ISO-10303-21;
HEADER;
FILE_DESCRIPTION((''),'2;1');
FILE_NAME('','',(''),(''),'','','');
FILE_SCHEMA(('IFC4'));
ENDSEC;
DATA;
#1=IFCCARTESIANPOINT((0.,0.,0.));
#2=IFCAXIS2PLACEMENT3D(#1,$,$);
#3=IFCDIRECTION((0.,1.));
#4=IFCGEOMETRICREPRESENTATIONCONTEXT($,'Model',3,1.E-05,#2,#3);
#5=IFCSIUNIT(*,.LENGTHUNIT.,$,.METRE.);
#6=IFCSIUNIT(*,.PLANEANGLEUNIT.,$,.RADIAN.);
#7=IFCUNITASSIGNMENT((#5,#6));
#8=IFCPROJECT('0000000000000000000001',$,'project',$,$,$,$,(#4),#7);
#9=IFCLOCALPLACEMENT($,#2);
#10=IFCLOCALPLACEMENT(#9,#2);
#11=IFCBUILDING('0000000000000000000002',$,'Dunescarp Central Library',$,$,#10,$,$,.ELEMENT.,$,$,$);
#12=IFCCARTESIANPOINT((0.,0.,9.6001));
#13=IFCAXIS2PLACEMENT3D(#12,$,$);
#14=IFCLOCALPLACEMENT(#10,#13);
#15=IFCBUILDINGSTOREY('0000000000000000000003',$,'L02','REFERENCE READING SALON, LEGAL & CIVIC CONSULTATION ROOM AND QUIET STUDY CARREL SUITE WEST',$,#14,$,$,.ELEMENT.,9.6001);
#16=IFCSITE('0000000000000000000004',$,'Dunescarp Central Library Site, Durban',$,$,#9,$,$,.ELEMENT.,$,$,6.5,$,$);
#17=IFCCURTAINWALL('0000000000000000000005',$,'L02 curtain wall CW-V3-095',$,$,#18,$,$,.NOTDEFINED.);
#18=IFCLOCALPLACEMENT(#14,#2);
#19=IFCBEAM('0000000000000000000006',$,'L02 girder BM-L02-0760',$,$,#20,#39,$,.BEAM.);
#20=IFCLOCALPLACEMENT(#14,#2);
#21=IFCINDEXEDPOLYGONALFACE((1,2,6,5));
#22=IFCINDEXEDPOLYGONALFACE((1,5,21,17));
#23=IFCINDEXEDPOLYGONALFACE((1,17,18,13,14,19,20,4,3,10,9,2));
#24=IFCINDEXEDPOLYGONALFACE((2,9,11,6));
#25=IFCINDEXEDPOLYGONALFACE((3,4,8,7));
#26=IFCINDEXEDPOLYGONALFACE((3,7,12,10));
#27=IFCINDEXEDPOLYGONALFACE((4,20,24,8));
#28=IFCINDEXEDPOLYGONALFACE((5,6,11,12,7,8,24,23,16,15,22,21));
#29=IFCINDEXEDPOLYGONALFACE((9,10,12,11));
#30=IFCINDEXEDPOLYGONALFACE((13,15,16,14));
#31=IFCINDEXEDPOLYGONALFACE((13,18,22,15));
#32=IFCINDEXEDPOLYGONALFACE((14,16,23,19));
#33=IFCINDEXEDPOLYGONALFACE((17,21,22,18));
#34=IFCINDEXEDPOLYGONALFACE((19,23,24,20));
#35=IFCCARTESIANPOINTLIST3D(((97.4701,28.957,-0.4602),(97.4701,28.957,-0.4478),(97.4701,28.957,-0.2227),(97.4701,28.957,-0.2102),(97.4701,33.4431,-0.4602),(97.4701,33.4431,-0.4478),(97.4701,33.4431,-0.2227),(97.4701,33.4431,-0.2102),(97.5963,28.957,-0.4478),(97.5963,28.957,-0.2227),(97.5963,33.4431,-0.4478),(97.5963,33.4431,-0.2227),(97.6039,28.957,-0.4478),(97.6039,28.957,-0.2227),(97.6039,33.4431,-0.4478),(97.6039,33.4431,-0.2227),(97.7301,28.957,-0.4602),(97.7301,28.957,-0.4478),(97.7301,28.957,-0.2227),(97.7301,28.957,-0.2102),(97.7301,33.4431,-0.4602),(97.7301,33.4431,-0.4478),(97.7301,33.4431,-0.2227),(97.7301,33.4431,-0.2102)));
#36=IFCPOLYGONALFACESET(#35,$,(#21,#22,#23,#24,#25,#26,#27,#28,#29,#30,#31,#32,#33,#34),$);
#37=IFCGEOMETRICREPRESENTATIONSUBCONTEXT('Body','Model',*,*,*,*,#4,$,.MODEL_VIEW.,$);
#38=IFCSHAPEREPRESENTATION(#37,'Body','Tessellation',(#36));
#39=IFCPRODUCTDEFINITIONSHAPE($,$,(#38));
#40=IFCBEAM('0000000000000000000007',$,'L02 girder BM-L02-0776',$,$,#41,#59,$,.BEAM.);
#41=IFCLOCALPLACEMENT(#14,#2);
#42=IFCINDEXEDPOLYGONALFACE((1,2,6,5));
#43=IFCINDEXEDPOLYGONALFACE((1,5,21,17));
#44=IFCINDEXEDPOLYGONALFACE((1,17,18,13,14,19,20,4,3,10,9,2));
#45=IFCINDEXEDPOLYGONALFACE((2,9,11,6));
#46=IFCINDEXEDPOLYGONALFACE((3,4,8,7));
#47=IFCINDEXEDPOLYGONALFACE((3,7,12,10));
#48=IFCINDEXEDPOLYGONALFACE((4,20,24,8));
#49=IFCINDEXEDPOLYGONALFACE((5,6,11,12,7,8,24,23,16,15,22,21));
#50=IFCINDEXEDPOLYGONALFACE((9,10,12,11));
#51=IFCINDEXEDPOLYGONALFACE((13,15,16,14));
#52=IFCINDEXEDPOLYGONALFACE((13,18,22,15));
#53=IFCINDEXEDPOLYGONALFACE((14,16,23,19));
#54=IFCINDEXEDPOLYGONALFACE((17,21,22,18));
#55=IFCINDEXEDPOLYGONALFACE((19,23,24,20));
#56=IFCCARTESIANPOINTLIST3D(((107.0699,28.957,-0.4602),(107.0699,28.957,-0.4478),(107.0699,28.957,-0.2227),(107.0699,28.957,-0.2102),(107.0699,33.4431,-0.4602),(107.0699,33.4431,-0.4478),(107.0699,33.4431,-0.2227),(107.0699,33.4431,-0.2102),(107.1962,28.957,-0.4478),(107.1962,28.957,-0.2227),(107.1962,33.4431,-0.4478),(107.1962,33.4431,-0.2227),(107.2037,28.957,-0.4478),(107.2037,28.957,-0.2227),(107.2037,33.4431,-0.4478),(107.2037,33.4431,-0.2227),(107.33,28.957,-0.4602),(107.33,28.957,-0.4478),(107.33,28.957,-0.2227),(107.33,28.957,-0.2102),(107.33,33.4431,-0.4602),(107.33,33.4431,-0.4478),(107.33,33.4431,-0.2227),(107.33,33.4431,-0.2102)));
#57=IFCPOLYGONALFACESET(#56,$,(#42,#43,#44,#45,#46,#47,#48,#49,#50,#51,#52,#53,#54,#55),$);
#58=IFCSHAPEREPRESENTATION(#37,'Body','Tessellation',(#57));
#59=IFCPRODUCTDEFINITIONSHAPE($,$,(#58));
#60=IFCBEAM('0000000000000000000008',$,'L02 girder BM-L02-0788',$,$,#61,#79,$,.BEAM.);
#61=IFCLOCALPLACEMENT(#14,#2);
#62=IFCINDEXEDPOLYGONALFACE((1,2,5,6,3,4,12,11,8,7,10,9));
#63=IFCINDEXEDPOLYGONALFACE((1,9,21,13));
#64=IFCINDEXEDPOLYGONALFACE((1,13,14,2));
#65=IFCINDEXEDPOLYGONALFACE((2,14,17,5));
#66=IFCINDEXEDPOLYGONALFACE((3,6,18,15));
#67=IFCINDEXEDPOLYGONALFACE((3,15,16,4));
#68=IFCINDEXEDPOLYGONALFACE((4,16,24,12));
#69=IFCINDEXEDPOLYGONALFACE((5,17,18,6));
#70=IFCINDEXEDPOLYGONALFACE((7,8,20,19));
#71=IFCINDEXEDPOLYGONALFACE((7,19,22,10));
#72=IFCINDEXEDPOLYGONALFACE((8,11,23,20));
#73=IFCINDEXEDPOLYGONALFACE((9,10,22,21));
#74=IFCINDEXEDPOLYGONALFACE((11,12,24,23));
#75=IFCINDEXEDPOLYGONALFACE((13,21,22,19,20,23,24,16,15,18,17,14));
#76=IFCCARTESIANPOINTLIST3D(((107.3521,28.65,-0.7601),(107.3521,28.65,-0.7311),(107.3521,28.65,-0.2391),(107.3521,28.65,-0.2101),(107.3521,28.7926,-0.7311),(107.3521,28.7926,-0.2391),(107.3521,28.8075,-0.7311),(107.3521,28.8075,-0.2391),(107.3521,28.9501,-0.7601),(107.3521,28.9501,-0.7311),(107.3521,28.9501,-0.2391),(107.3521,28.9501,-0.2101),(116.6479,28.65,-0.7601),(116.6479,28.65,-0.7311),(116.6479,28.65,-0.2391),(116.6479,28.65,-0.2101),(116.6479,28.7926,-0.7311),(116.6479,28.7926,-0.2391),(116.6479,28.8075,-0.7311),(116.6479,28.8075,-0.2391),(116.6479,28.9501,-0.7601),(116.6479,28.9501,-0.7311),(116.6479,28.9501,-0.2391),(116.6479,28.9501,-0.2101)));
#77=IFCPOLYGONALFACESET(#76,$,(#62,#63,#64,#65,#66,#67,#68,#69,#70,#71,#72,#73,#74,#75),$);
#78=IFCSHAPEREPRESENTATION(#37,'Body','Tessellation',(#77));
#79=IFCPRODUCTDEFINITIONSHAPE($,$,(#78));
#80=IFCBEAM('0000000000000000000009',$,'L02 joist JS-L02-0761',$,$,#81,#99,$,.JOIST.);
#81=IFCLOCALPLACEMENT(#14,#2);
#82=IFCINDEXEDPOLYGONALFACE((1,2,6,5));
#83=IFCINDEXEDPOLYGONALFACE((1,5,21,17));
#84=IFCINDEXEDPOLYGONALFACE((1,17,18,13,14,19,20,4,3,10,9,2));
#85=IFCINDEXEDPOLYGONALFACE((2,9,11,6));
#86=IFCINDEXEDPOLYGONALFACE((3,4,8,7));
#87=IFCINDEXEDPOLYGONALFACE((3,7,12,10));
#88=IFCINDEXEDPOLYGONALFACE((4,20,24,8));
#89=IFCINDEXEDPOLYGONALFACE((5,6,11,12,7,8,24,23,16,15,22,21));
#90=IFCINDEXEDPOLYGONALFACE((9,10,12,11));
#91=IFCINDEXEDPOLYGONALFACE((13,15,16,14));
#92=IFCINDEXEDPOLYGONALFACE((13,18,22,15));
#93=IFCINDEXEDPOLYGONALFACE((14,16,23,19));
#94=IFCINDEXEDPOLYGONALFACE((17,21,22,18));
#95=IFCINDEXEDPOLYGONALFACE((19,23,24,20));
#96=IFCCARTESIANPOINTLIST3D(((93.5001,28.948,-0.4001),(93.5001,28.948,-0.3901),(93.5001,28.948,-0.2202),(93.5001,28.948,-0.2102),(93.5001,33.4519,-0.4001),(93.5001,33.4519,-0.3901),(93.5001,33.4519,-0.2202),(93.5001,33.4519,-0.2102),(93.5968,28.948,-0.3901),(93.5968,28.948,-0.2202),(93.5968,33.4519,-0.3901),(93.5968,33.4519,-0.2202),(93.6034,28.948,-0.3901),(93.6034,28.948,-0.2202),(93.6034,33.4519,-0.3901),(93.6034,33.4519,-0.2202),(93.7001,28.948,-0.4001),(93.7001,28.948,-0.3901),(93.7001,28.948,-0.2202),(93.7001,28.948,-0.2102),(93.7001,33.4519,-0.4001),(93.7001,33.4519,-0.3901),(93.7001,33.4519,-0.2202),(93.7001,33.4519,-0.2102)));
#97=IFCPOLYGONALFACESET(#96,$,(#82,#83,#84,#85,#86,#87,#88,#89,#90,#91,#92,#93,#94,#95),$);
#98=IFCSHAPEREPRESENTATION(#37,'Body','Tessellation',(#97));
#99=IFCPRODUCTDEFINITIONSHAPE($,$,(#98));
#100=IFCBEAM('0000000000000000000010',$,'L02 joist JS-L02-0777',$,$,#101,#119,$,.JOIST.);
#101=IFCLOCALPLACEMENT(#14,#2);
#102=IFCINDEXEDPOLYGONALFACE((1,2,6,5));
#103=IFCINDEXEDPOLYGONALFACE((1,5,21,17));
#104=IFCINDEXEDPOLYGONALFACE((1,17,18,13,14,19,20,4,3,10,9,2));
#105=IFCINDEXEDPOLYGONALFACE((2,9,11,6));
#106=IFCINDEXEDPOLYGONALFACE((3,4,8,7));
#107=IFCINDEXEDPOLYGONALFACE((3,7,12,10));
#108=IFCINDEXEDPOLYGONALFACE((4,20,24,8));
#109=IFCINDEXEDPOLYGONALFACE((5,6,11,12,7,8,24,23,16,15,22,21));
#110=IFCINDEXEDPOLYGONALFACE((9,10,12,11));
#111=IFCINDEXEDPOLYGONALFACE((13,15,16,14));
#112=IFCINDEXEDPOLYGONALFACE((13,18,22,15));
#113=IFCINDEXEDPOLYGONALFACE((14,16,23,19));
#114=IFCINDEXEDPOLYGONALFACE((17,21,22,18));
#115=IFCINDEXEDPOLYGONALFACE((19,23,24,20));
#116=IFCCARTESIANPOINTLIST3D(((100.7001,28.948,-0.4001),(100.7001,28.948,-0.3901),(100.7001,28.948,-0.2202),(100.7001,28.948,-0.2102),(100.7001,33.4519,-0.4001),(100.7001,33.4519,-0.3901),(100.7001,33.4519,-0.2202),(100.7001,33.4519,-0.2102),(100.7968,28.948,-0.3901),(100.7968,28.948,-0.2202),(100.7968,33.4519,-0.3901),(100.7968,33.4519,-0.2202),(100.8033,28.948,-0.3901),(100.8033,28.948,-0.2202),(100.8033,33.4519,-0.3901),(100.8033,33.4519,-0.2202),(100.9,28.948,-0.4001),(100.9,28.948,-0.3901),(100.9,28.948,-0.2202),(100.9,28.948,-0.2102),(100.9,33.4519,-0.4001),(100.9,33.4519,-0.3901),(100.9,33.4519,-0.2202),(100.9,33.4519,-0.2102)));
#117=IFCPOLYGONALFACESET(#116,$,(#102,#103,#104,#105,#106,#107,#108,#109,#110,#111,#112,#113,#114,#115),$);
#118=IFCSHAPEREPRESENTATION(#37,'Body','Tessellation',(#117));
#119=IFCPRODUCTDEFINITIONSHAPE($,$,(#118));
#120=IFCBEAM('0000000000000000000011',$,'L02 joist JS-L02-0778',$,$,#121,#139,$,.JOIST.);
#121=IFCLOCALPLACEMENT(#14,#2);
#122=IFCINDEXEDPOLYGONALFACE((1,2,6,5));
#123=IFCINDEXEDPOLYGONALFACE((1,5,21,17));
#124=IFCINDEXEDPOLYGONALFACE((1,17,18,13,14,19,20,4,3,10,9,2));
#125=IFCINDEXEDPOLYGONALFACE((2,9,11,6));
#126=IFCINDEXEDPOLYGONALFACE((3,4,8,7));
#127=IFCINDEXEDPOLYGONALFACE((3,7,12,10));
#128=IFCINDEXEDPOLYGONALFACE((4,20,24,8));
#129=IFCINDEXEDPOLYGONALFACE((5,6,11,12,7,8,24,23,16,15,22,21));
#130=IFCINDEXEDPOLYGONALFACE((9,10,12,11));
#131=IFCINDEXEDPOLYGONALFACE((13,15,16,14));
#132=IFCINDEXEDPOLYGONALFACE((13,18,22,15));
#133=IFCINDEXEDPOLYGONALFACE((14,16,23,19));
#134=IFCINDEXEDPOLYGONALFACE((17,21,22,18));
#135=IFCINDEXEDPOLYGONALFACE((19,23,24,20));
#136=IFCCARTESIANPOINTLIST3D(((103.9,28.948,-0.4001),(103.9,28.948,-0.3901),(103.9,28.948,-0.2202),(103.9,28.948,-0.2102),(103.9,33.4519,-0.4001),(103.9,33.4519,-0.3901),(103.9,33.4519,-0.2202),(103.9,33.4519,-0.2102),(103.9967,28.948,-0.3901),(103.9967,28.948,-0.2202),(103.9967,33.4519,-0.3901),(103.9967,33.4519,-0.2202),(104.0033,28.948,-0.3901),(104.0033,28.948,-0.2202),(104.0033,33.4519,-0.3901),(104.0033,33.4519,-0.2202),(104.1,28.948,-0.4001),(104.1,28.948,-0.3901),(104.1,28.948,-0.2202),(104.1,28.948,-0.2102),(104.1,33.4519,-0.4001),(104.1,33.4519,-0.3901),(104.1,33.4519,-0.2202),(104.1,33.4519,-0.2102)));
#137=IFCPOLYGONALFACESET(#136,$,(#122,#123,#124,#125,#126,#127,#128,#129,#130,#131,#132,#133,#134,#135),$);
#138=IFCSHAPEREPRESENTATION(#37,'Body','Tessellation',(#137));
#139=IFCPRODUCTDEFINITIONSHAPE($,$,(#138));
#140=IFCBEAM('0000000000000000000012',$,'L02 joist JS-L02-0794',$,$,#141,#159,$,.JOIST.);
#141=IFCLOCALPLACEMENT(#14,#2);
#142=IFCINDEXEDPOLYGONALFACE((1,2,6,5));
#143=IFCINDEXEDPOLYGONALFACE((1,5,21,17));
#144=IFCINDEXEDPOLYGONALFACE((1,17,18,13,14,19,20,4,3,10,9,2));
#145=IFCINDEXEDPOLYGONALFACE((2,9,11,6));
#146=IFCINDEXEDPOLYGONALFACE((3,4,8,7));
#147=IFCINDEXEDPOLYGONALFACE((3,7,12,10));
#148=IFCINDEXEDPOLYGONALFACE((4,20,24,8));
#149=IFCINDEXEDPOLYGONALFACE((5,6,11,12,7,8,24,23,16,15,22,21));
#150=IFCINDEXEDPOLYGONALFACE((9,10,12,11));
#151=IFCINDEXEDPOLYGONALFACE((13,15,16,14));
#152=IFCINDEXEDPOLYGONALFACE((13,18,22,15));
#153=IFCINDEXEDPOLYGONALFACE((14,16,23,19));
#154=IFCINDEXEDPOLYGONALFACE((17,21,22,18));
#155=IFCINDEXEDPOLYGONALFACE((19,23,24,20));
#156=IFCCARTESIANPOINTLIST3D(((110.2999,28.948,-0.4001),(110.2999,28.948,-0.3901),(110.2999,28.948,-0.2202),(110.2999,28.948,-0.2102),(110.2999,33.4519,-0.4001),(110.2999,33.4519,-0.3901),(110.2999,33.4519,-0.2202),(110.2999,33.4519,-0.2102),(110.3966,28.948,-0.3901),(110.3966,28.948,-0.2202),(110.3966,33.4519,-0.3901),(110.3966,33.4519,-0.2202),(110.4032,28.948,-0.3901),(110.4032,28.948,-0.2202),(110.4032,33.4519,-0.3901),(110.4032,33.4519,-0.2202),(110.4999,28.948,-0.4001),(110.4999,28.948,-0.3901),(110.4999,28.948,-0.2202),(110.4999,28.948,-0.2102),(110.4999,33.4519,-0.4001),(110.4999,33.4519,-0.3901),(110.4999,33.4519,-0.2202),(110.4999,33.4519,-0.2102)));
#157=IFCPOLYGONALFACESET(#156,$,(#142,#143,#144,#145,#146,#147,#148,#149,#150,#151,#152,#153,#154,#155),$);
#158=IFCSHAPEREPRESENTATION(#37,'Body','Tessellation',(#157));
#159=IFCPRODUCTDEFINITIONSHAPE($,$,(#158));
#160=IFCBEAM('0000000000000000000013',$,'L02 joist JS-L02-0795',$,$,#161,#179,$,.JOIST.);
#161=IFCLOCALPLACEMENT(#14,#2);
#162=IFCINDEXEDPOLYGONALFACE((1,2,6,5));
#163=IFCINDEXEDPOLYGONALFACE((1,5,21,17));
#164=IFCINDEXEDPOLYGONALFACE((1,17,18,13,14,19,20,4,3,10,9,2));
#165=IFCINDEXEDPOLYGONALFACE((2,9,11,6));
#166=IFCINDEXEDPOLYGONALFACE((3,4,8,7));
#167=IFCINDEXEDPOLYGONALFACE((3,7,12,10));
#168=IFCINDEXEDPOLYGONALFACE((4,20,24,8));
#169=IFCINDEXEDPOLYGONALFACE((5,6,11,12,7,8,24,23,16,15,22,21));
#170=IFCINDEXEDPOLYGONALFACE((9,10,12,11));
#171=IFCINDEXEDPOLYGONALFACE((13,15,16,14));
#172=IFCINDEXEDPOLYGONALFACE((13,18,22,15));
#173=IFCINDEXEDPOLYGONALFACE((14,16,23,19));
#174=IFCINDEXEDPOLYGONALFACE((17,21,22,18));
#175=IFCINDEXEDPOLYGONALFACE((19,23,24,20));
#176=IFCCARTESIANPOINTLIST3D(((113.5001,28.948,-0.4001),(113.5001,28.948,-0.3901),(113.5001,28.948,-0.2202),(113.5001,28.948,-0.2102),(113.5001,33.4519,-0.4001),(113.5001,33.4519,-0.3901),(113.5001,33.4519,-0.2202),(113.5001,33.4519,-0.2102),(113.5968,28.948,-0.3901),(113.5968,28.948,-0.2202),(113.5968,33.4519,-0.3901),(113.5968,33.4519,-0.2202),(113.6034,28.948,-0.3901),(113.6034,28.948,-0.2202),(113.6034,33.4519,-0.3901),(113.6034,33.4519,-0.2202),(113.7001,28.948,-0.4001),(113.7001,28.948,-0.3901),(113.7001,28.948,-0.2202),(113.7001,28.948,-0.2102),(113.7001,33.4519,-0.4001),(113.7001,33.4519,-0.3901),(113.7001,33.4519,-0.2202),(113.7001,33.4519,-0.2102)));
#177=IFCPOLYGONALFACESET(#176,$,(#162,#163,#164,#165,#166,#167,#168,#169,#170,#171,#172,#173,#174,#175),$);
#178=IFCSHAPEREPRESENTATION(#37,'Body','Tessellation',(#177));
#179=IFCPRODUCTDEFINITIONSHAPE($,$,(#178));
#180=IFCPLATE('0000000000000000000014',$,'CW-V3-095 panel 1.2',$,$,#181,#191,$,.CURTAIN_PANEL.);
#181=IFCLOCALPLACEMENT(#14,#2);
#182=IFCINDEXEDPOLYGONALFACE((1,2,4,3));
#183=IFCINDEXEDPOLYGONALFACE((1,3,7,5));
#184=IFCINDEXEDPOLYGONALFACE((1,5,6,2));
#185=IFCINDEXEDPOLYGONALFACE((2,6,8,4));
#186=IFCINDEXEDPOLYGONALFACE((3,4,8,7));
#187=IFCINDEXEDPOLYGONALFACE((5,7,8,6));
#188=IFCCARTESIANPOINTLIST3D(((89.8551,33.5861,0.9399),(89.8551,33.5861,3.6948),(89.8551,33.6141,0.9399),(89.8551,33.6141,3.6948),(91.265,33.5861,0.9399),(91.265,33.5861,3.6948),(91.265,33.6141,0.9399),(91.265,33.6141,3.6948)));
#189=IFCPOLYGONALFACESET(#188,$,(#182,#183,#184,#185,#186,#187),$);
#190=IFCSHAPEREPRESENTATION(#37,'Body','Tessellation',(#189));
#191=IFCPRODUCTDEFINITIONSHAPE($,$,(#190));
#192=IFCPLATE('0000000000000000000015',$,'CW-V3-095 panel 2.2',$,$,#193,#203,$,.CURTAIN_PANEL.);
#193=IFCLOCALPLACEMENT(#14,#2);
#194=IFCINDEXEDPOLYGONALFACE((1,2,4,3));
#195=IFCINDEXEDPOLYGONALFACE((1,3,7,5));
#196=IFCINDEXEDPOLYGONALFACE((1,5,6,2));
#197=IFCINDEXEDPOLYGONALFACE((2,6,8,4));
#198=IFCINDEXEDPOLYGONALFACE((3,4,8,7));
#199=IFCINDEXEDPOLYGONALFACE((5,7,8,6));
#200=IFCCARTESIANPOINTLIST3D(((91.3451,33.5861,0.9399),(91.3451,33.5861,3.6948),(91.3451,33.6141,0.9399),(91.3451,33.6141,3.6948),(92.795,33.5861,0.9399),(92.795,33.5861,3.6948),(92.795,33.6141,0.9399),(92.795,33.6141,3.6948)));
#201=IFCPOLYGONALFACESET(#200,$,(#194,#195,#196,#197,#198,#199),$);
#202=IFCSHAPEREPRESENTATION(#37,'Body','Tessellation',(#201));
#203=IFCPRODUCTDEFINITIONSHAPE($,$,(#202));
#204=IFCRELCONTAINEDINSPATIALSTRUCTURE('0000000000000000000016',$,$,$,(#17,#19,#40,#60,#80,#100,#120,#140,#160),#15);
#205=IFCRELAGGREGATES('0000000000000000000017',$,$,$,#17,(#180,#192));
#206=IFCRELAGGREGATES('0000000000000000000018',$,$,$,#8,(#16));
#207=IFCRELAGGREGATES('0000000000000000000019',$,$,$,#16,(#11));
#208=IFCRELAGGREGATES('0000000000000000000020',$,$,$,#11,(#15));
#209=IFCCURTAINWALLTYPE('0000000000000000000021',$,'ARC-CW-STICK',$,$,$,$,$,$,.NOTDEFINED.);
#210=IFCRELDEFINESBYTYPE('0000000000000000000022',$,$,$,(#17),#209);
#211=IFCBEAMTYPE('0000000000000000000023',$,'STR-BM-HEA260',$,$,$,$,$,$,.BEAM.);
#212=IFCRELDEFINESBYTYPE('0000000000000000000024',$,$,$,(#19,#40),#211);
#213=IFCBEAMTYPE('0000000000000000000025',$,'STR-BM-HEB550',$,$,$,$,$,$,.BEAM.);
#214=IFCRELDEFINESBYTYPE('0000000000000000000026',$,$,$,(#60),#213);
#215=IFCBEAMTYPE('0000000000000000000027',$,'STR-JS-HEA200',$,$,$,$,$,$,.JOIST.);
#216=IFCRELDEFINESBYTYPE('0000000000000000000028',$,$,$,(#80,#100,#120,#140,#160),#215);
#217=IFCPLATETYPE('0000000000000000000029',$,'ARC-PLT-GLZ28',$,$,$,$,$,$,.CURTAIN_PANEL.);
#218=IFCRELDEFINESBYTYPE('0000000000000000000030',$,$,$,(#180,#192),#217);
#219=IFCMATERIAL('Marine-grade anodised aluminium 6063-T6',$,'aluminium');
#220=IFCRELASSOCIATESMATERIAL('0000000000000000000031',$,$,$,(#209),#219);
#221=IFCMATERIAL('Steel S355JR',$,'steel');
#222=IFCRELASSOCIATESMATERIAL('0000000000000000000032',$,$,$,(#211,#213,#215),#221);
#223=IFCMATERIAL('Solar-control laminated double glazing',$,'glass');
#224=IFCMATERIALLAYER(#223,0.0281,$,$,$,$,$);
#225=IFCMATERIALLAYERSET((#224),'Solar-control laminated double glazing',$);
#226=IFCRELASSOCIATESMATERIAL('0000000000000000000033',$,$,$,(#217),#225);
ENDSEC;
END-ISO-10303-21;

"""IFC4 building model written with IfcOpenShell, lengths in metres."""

from ifc_helpers import new_model, si_unit, direction, frame, origin, origin_2d, place, context, subcontext, project, spatial, rectangle, i_section, extrude, material, layer, layer_set, material_profile, profile_set, type_object, element, aggregate, save


model = new_model("IFC4")

# Units and contexts
model_context = context("Model", 3, precision=1e-05, world=origin(), true_north=direction((0.0, 1.0)))
body_context = subcontext(model_context, "Body", "Model", "MODEL_VIEW")
ifc_project = project(units=[si_unit("LENGTHUNIT", "METRE"), si_unit("PLANEANGLEUNIT", "RADIAN")], contexts=[model_context])

# Site, building, storey
site_placement = place(None, origin())
site = spatial("IfcSite", under=ifc_project, at=site_placement, Name="Dunescarp Central Library Site, Durban", CompositionType="ELEMENT", RefElevation=6.5)
building_placement = place(site_placement, origin())
building = spatial("IfcBuilding", under=site, at=building_placement, Name="Dunescarp Central Library", CompositionType="ELEMENT")
storey_placement = place(building_placement, frame((0.0, 0.0, 9.6001)))
storey = spatial("IfcBuildingStorey", under=building, at=storey_placement, Name="L02", Description="REFERENCE READING SALON, LEGAL & CIVIC CONSULTATION ROOM AND QUIET STUDY CARREL SUITE WEST", CompositionType="ELEMENT", Elevation=9.6001)

# Shared definitions
ifc_material_1 = material(Name="Steel S355JR", Category="steel")

# Curtain wall
ifc_material_2 = material(Name="Marine-grade anodised aluminium 6063-T6", Category="aluminium")
curtain_wall_type = type_object("IfcCurtainWallType", Name="ARC-CW-STICK", PredefinedType="NOTDEFINED", material=ifc_material_2)
curtain_wall_placement = place(storey_placement, origin())
curtain_wall = element("IfcCurtainWall", 1, at=curtain_wall_placement, inside=storey, type_object=curtain_wall_type, Name="L02 curtain wall CW-V3-095", PredefinedType="NOTDEFINED")

# Beams
ifc_material_profile_1 = material_profile(ifc_material_1, i_section(OverallWidth=0.26, OverallDepth=0.25, WebThickness=0.0076, FlangeThickness=0.0125, at=origin_2d()), Name="HEA 260")
ifc_profile_set_1 = profile_set([ifc_material_profile_1], Name="Steel S355JR")
beam_type_1 = type_object("IfcBeamType", Name="STR-BM-HEA260", PredefinedType="BEAM", material=ifc_profile_set_1)
for number, where, z_axis, x_axis, name in (
    (2, (97.6001, 28.957, -0.3352), (0.0, 1.0, 0.0), (-1.0, 0.0, 0.0), "L02 girder BM-L02-0760"),
    (3, (107.2, 28.957, -0.3352), (0.0, 1.0, 0.0), (-1.0, 0.0, 0.0), "L02 girder BM-L02-0776"),
):
    element("IfcBeam", number, at=place(storey_placement, frame(where, z_axis=z_axis, x_axis=x_axis)), inside=storey, type_object=beam_type_1, Name=name, PredefinedType="BEAM", context=body_context, shape_type="SweptSolid", body=[
        extrude(i_section(OverallWidth=0.26, OverallDepth=0.25, WebThickness=0.0076, FlangeThickness=0.0125, at=origin_2d()), origin(), (0.0, 0.0, 1.0), 4.4861),
    ])
ifc_material_profile_2 = material_profile(ifc_material_1, i_section(OverallWidth=0.3, OverallDepth=0.55, WebThickness=0.0149, FlangeThickness=0.0291, at=origin_2d()), Name="HEB 550")
ifc_profile_set_2 = profile_set([ifc_material_profile_2], Name="Steel S355JR")
beam_type_2 = type_object("IfcBeamType", Name="STR-BM-HEB550", PredefinedType="BEAM", material=ifc_profile_set_2)
beam_placement = place(storey_placement, frame((107.3521, 28.8, -0.4851), z_axis=(1.0, 0.0, 0.0), x_axis=(0.0, 1.0, 0.0)))
element("IfcBeam", 4, at=beam_placement, inside=storey, type_object=beam_type_2, Name="L02 girder BM-L02-0788", PredefinedType="BEAM", context=body_context, shape_type="SweptSolid", body=[
    extrude(i_section(OverallWidth=0.3, OverallDepth=0.55, WebThickness=0.0149, FlangeThickness=0.0291, at=origin_2d()), origin(), (0.0, 0.0, 1.0), 9.2959),
])
ifc_material_profile_3 = material_profile(ifc_material_1, i_section(OverallWidth=0.2, OverallDepth=0.1899, WebThickness=0.0066, FlangeThickness=0.01, at=origin_2d()), Name="HEA 200")
ifc_profile_set_3 = profile_set([ifc_material_profile_3], Name="Steel S355JR")
beam_type_3 = type_object("IfcBeamType", Name="STR-JS-HEA200", PredefinedType="JOIST", material=ifc_profile_set_3)
for number, where, z_axis, x_axis, name in (
    (5, (93.6001, 28.948, -0.3052), (0.0, 1.0, 0.0), (-1.0, 0.0, 0.0), "L02 joist JS-L02-0761"),
    (6, (100.8, 28.948, -0.3052), (0.0, 1.0, 0.0), (-1.0, 0.0, 0.0), "L02 joist JS-L02-0777"),
    (7, (104.0, 28.948, -0.3052), (0.0, 1.0, 0.0), (-1.0, 0.0, 0.0), "L02 joist JS-L02-0778"),
    (8, (110.3999, 28.948, -0.3052), (0.0, 1.0, 0.0), (-1.0, 0.0, 0.0), "L02 joist JS-L02-0794"),
    (9, (113.6001, 28.948, -0.3052), (0.0, 1.0, 0.0), (-1.0, 0.0, 0.0), "L02 joist JS-L02-0795"),
):
    element("IfcBeam", number, at=place(storey_placement, frame(where, z_axis=z_axis, x_axis=x_axis)), inside=storey, type_object=beam_type_3, Name=name, PredefinedType="JOIST", context=body_context, shape_type="SweptSolid", body=[
        extrude(i_section(OverallWidth=0.2, OverallDepth=0.1899, WebThickness=0.0066, FlangeThickness=0.01, at=origin_2d()), origin(), (0.0, 0.0, 1.0), 4.5039),
    ])

# Plates
ifc_material_3 = material(Name="Solar-control laminated double glazing", Category="glass")
ifc_layer_1 = layer(ifc_material_3, 0.0281)
ifc_layer_set_1 = layer_set([ifc_layer_1], Name="Solar-control laminated double glazing")
plate_type_1 = type_object("IfcPlateType", Name="ARC-PLT-GLZ28", PredefinedType="CURTAIN_PANEL", material=ifc_layer_set_1)
plate_1_placement = place(storey_placement, frame((90.5601, 33.6001, 0.9399), z_axis=(0.0, 0.0, 1.0), x_axis=(1.0, 0.0, 0.0)))
plate_1 = element("IfcPlate", 10, at=plate_1_placement, type_object=plate_type_1, Name="CW-V3-095 panel 1.2", PredefinedType="CURTAIN_PANEL", context=body_context, shape_type="SweptSolid", body=[
    extrude(rectangle(XDim=1.4099, YDim=0.0281, at=origin_2d()), origin(), (0.0, 0.0, 1.0), 2.7549),
])
plate_2_placement = place(storey_placement, frame((92.0701, 33.6001, 0.9399), z_axis=(0.0, 0.0, 1.0), x_axis=(1.0, 0.0, 0.0)))
plate_2 = element("IfcPlate", 11, at=plate_2_placement, type_object=plate_type_1, Name="CW-V3-095 panel 2.2", PredefinedType="CURTAIN_PANEL", context=body_context, shape_type="SweptSolid", body=[
    extrude(rectangle(XDim=1.45, YDim=0.0281, at=origin_2d()), origin(), (0.0, 0.0, 1.0), 2.7549),
])
aggregate(curtain_wall, [plate_1, plate_2])

save(model, "model.ifc")
